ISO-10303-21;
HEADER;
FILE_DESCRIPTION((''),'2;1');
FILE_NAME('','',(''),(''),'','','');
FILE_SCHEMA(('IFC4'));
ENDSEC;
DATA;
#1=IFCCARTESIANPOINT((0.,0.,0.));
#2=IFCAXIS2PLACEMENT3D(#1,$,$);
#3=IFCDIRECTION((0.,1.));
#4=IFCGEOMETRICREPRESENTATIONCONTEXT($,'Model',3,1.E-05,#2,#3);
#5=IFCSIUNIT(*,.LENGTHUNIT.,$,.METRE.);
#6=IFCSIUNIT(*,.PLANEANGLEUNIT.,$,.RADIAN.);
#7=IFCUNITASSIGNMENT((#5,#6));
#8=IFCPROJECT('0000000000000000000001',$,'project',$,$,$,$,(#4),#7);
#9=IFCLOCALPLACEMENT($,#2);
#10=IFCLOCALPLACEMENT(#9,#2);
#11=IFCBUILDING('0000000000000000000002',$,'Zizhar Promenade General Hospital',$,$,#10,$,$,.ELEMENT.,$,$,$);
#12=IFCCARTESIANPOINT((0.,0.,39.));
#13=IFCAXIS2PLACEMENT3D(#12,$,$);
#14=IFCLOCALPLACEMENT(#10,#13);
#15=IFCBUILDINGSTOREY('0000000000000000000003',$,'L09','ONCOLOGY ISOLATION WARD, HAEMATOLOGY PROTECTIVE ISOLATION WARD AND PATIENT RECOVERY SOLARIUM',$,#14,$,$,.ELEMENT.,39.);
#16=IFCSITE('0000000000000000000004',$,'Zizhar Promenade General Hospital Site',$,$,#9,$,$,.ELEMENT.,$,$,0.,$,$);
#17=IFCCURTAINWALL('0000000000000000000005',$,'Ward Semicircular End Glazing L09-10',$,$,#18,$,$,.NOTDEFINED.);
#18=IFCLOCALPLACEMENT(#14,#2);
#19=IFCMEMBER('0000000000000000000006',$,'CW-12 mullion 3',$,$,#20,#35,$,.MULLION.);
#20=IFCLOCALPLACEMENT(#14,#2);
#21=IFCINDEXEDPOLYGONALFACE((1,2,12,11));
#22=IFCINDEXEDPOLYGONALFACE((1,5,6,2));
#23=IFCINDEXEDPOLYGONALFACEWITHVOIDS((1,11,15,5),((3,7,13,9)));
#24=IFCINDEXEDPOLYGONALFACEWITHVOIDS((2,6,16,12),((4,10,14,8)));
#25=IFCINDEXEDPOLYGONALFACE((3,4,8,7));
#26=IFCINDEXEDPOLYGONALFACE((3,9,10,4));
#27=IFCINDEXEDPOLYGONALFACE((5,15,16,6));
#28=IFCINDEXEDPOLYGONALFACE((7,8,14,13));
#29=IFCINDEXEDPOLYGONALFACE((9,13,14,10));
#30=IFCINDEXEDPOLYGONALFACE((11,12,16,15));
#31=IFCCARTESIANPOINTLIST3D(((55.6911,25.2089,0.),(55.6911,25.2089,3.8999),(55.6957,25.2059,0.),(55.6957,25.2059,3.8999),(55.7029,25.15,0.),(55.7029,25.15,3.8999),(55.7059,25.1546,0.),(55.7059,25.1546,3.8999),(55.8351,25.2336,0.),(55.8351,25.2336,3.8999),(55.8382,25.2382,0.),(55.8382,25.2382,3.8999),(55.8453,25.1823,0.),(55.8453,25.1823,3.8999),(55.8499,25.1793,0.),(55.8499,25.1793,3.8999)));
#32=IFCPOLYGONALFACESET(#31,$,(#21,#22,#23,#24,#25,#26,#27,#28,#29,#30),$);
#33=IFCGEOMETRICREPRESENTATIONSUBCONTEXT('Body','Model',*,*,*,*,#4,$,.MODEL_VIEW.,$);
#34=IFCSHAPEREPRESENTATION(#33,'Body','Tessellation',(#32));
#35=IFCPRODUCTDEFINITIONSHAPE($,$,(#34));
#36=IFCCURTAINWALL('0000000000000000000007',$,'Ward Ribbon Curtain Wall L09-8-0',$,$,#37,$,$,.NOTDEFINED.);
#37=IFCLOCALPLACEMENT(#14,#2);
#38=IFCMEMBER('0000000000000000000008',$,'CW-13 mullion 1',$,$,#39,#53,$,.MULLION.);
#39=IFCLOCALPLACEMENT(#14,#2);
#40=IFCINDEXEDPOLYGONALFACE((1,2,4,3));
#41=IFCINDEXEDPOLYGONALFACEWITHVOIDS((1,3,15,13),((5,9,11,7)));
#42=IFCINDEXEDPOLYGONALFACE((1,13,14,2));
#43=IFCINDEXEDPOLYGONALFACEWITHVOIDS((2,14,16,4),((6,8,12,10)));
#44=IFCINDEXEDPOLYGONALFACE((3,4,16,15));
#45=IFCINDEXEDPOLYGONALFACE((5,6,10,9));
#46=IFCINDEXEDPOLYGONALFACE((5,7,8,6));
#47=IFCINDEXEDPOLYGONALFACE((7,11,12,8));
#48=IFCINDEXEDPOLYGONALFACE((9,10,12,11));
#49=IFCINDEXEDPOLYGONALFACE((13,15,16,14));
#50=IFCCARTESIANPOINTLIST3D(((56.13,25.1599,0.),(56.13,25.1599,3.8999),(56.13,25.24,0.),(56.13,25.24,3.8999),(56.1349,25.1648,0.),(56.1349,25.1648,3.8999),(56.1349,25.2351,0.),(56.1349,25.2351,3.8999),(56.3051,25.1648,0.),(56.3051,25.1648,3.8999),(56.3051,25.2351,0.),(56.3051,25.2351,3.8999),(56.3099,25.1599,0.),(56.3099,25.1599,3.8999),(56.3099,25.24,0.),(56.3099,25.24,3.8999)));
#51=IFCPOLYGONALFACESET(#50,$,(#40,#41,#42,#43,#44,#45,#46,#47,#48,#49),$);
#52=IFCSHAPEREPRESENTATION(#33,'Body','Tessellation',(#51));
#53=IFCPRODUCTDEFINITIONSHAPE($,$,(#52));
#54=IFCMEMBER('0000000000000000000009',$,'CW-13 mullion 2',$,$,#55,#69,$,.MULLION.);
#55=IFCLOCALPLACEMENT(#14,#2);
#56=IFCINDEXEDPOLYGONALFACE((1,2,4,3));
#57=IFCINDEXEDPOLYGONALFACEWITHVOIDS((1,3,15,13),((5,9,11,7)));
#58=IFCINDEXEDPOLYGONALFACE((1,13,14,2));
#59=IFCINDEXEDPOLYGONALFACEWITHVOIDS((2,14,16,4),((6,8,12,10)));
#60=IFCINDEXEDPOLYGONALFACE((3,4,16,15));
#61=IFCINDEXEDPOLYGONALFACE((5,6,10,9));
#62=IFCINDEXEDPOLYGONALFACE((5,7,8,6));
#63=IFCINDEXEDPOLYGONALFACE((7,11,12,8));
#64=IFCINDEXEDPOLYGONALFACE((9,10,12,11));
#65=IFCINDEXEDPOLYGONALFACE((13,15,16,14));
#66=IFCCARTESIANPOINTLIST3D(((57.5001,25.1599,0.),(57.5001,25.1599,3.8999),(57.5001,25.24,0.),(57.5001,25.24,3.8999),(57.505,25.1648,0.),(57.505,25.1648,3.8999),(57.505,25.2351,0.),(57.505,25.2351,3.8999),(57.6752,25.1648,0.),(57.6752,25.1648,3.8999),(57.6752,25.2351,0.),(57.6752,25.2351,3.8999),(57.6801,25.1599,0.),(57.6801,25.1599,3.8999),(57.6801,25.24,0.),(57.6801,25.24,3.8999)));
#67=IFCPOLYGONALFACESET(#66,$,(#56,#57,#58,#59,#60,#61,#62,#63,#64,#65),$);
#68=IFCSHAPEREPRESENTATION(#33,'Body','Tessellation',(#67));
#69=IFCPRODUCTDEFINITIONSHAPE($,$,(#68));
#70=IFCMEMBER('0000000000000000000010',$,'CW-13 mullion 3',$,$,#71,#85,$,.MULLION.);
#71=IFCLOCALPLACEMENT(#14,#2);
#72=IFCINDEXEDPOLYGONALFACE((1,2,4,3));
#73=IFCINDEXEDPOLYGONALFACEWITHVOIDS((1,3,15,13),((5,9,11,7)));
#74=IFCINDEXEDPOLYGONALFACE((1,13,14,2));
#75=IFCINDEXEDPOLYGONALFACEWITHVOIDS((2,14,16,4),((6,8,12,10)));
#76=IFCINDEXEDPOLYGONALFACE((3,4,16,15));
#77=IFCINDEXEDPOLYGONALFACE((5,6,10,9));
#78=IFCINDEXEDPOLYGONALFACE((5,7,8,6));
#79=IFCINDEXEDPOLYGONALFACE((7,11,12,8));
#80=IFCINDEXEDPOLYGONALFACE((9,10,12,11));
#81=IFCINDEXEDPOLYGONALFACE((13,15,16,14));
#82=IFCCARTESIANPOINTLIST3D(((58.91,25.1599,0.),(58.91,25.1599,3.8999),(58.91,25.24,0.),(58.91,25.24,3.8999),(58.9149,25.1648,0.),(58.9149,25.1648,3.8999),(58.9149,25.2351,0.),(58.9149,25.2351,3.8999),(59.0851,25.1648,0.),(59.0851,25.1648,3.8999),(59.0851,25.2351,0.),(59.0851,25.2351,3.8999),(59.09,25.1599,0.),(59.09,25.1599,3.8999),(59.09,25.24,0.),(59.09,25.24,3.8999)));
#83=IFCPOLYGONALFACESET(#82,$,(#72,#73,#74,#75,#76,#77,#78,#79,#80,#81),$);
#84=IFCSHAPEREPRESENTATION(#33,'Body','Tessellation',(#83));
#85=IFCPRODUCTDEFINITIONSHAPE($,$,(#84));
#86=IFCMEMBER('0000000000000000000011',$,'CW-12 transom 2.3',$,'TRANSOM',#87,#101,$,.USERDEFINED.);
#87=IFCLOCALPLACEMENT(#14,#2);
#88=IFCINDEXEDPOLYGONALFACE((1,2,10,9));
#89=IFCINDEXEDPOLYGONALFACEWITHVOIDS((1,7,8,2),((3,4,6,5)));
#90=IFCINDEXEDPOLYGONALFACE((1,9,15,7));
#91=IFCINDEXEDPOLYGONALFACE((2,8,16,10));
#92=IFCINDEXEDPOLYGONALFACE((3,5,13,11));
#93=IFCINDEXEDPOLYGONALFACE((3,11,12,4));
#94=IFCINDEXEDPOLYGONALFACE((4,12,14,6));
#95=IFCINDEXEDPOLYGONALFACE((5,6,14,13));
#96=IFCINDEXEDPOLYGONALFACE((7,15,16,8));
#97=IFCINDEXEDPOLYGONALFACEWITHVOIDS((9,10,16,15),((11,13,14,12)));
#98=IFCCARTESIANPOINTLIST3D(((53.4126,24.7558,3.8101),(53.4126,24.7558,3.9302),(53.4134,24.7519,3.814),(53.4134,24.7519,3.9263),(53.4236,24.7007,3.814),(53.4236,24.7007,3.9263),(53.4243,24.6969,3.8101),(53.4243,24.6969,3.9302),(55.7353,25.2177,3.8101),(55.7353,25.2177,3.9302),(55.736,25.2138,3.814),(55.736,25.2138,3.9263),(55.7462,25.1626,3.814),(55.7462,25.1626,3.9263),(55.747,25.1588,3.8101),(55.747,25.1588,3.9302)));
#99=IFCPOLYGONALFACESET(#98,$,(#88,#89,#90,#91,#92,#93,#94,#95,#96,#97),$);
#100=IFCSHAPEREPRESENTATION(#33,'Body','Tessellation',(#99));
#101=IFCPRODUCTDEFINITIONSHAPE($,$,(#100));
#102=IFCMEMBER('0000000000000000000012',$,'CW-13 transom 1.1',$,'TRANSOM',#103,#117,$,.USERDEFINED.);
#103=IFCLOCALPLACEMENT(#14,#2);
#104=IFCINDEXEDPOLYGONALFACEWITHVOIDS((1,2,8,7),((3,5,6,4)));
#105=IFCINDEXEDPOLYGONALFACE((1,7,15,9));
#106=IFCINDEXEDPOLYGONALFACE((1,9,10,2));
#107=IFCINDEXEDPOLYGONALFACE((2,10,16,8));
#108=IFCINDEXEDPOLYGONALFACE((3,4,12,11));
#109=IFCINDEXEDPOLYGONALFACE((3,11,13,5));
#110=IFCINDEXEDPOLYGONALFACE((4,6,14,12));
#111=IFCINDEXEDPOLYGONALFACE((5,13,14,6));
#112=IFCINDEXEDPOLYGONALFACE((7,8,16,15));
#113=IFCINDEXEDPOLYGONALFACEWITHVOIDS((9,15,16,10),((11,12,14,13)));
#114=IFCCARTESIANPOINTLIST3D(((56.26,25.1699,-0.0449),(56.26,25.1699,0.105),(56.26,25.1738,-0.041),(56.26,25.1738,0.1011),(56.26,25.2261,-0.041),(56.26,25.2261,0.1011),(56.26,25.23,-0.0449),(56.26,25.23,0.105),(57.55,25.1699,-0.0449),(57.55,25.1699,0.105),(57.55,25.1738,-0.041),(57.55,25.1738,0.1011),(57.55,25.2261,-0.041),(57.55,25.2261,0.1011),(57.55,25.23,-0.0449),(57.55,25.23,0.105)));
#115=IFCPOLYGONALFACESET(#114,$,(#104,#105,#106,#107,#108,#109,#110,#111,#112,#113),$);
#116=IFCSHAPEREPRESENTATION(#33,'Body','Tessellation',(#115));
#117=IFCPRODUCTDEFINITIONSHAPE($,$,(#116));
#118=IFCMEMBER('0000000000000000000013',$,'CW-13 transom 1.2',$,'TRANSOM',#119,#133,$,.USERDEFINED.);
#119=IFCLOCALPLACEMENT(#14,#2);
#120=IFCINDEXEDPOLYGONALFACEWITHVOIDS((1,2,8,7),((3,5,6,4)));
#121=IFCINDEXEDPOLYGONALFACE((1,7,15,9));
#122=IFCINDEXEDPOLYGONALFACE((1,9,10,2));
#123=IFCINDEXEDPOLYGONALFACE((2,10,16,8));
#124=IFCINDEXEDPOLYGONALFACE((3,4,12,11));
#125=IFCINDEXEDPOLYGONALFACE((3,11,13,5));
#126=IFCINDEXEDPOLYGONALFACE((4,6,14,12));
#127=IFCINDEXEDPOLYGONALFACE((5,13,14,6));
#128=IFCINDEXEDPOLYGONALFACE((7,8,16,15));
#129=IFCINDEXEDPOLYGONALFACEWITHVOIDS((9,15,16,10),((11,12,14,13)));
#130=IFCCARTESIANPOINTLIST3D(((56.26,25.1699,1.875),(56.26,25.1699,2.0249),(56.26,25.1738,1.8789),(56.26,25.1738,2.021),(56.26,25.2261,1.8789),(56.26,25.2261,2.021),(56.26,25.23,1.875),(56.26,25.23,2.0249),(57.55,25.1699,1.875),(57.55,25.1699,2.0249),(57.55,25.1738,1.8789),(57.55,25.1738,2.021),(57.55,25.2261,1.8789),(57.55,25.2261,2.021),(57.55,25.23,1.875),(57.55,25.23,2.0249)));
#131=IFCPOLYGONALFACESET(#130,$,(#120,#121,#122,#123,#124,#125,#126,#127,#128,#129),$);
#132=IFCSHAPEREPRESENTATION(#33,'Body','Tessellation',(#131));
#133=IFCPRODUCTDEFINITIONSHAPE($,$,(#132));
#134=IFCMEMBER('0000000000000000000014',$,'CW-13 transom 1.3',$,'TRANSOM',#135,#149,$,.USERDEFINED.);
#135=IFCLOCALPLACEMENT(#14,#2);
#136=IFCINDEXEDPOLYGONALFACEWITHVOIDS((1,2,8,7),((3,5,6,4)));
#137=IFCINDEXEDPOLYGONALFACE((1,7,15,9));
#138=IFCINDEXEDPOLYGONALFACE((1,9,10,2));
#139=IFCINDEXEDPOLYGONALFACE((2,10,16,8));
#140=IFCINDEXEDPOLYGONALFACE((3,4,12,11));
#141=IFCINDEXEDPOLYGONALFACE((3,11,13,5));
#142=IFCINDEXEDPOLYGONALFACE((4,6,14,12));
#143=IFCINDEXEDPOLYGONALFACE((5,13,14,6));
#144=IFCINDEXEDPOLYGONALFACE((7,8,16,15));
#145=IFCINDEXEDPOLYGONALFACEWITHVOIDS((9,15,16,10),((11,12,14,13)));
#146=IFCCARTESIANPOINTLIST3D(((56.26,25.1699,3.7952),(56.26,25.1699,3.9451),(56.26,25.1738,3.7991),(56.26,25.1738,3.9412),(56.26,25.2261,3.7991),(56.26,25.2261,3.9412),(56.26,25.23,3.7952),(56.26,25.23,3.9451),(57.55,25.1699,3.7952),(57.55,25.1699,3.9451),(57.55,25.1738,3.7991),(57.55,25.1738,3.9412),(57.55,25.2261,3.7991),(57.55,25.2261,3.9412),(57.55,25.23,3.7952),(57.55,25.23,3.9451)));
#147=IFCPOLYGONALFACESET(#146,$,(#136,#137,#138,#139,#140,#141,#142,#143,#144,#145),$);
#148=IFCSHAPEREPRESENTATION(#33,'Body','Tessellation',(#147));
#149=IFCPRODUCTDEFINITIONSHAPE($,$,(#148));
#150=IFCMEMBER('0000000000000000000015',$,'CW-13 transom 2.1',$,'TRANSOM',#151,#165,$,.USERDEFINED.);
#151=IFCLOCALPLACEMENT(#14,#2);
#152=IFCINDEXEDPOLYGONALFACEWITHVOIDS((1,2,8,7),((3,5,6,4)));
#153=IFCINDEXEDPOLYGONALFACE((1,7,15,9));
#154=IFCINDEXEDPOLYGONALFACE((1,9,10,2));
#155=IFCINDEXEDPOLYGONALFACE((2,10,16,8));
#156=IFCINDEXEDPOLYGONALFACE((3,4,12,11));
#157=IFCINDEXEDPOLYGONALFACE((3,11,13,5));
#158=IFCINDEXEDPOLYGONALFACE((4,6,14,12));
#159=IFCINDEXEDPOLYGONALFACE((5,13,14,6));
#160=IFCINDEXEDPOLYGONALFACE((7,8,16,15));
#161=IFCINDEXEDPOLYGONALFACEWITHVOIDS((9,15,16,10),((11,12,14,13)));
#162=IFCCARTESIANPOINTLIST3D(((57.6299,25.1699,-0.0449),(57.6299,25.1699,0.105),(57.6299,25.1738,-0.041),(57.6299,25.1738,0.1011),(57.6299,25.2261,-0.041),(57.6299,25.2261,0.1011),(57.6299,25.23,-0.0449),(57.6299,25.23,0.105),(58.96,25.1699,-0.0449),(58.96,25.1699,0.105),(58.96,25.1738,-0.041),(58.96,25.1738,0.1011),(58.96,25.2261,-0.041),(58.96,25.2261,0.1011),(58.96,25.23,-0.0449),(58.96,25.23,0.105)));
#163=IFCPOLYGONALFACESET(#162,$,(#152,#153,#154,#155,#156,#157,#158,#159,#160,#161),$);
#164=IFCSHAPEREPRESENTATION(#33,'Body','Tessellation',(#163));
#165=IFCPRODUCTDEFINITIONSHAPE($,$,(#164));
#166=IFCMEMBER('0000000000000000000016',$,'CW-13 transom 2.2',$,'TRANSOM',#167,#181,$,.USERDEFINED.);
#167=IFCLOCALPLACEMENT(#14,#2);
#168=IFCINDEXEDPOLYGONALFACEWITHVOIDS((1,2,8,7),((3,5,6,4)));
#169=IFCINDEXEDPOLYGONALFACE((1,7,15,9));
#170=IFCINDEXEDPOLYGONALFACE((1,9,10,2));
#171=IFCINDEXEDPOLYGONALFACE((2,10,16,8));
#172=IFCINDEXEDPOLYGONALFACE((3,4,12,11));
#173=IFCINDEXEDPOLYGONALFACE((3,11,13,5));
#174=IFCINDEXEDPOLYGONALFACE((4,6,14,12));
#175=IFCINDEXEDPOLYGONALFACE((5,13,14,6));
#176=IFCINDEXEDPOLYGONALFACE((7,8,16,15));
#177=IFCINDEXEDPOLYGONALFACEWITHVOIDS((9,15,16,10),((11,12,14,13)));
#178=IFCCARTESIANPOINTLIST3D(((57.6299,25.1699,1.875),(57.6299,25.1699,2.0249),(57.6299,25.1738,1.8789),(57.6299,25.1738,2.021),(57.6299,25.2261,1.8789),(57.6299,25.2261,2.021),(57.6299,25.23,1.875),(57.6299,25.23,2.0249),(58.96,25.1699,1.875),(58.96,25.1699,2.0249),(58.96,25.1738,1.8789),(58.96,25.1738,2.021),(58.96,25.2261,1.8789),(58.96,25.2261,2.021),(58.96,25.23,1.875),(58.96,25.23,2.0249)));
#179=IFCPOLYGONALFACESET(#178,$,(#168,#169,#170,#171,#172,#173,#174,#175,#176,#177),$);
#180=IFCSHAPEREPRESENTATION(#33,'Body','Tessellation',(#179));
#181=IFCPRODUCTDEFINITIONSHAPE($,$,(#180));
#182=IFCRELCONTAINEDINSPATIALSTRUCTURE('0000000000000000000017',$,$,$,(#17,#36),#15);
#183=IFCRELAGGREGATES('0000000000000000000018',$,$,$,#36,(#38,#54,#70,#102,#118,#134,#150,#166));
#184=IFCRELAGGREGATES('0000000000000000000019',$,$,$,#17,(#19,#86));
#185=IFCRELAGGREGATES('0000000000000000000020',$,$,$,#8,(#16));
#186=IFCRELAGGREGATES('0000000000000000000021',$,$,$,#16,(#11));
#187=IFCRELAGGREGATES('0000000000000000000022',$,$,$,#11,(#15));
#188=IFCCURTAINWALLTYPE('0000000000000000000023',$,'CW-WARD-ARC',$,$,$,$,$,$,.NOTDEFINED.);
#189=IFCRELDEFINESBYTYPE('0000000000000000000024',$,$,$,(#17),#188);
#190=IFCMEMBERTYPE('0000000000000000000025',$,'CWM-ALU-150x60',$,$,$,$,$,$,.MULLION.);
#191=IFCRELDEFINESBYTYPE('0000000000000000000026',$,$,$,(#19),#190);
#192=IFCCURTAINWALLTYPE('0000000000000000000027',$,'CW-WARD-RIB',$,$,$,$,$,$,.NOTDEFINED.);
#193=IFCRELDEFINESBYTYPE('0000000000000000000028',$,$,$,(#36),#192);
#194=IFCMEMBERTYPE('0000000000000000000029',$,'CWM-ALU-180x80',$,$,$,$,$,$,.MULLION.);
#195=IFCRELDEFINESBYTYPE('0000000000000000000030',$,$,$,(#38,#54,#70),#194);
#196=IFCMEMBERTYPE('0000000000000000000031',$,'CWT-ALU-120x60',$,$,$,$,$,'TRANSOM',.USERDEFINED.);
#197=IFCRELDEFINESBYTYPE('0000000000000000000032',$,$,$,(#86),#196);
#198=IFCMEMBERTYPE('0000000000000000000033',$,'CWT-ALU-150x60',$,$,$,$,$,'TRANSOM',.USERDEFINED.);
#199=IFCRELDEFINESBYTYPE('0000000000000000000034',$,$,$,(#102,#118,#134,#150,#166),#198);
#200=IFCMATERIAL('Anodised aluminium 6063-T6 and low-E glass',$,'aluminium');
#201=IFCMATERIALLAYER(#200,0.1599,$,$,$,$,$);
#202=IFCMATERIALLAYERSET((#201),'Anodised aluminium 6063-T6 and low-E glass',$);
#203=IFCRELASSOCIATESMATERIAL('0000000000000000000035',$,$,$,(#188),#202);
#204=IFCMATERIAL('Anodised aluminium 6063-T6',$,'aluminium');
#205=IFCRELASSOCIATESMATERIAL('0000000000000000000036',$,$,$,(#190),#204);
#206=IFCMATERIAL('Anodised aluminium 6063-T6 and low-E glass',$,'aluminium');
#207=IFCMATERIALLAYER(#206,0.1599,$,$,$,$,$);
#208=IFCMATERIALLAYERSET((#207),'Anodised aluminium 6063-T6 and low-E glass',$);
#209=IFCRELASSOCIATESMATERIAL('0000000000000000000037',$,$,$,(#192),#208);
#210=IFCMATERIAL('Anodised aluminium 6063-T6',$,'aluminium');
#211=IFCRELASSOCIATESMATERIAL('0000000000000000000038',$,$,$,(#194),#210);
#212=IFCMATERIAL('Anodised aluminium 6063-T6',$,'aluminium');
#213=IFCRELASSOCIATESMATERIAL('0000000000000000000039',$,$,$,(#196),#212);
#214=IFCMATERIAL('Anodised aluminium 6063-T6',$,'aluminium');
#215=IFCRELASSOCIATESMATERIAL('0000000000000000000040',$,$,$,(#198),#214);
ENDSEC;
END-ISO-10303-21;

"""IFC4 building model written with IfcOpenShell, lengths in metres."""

from ifc_helpers import new_model, si_unit, direction, frame, origin, origin_2d, place, context, subcontext, project, spatial, hollow_rectangle, extrude, material, layer, layer_set, material_profile, profile_set, type_object, element, aggregate, save


model = new_model("IFC4")

# Units and contexts
model_context = context("Model", 3, precision=1e-05, world=origin(), true_north=direction((0.0, 1.0)))
body_context = subcontext(model_context, "Body", "Model", "MODEL_VIEW")
ifc_project = project(units=[si_unit("LENGTHUNIT", "METRE"), si_unit("PLANEANGLEUNIT", "RADIAN")], contexts=[model_context])

# Site, building, storey
site_placement = place(None, origin())
site = spatial("IfcSite", under=ifc_project, at=site_placement, Name="Zizhar Promenade General Hospital Site", CompositionType="ELEMENT", RefElevation=0.0)
building_placement = place(site_placement, origin())
building = spatial("IfcBuilding", under=site, at=building_placement, Name="Zizhar Promenade General Hospital", CompositionType="ELEMENT")
storey_placement = place(building_placement, frame((0.0, 0.0, 39.0)))
storey = spatial("IfcBuildingStorey", under=building, at=storey_placement, Name="L09", Description="ONCOLOGY ISOLATION WARD, HAEMATOLOGY PROTECTIVE ISOLATION WARD AND PATIENT RECOVERY SOLARIUM", CompositionType="ELEMENT", Elevation=39.0)

# Curtain wall, member
ifc_material_1 = material(Name="Anodised aluminium 6063-T6 and low-E glass", Category="aluminium")
ifc_layer_1 = layer(ifc_material_1, 0.1599)
ifc_layer_set_1 = layer_set([ifc_layer_1], Name="Anodised aluminium 6063-T6 and low-E glass")
curtain_wall_type_1 = type_object("IfcCurtainWallType", Name="CW-WARD-ARC", PredefinedType="NOTDEFINED", material=ifc_layer_set_1)
curtain_wall_1_placement = place(storey_placement, origin())
curtain_wall_1 = element("IfcCurtainWall", 1, at=curtain_wall_1_placement, inside=storey, type_object=curtain_wall_type_1, Name="Ward Semicircular End Glazing L09-10", PredefinedType="NOTDEFINED")
ifc_material_2 = material(Name="Anodised aluminium 6063-T6", Category="aluminium")
ifc_material_profile_1 = material_profile(ifc_material_2, hollow_rectangle(XDim=0.0601, YDim=0.1499, WallThickness=0.0039, at=origin_2d()))
ifc_profile_set_1 = profile_set([ifc_material_profile_1], Name="Anodised aluminium 6063-T6")
member_type_1 = type_object("IfcMemberType", Name="CWM-ALU-150x60", PredefinedType="MULLION", material=ifc_profile_set_1)
member_1_placement = place(storey_placement, frame((55.7705, 25.1941, 0.0), z_axis=(0.0, 0.0, 1.0), x_axis=(-0.195087, 0.980786, 0.0)))
member_1 = element("IfcMember", 2, at=member_1_placement, type_object=member_type_1, Name="CW-12 mullion 3", PredefinedType="MULLION", context=body_context, shape_type="SweptSolid", body=[
    extrude(hollow_rectangle(XDim=0.0601, YDim=0.1499, WallThickness=0.0039, at=origin_2d()), origin(), (0.0, 0.0, 1.0), 3.8999),
])

# Curtain wall, members
ifc_material_3 = material(Name="Anodised aluminium 6063-T6 and low-E glass", Category="aluminium")
ifc_layer_2 = layer(ifc_material_3, 0.1599)
ifc_layer_set_2 = layer_set([ifc_layer_2], Name="Anodised aluminium 6063-T6 and low-E glass")
curtain_wall_type_2 = type_object("IfcCurtainWallType", Name="CW-WARD-RIB", PredefinedType="NOTDEFINED", material=ifc_layer_set_2)
curtain_wall_2_placement = place(storey_placement, origin())
curtain_wall_2 = element("IfcCurtainWall", 3, at=curtain_wall_2_placement, inside=storey, type_object=curtain_wall_type_2, Name="Ward Ribbon Curtain Wall L09-8-0", PredefinedType="NOTDEFINED")
ifc_material_4 = material(Name="Anodised aluminium 6063-T6", Category="aluminium")
ifc_material_profile_2 = material_profile(ifc_material_4, hollow_rectangle(XDim=0.0801, YDim=0.1799, WallThickness=0.0049, at=origin_2d()))
ifc_profile_set_2 = profile_set([ifc_material_profile_2], Name="Anodised aluminium 6063-T6")
member_type_2 = type_object("IfcMemberType", Name="CWM-ALU-180x80", PredefinedType="MULLION", material=ifc_profile_set_2)
member_2_placement = place(storey_placement, frame((56.22, 25.2, 0.0), z_axis=(0.0, 0.0, 1.0), x_axis=(0.0, 1.0, 0.0)))
member_2 = element("IfcMember", 4, at=member_2_placement, type_object=member_type_2, Name="CW-13 mullion 1", PredefinedType="MULLION", context=body_context, shape_type="SweptSolid", body=[
    extrude(hollow_rectangle(XDim=0.0801, YDim=0.1799, WallThickness=0.0049, at=origin_2d()), origin(), (0.0, 0.0, 1.0), 3.8999),
])
member_3_placement = place(storey_placement, frame((57.5901, 25.2, 0.0), z_axis=(0.0, 0.0, 1.0), x_axis=(0.0, 1.0, 0.0)))
member_3 = element("IfcMember", 5, at=member_3_placement, type_object=member_type_2, Name="CW-13 mullion 2", PredefinedType="MULLION", context=body_context, shape_type="SweptSolid", body=[
    extrude(hollow_rectangle(XDim=0.0801, YDim=0.1799, WallThickness=0.0049, at=origin_2d()), origin(), (0.0, 0.0, 1.0), 3.8999),
])
member_4_placement = place(storey_placement, frame((59.0, 25.2, 0.0), z_axis=(0.0, 0.0, 1.0), x_axis=(0.0, 1.0, 0.0)))
member_4 = element("IfcMember", 6, at=member_4_placement, type_object=member_type_2, Name="CW-13 mullion 3", PredefinedType="MULLION", context=body_context, shape_type="SweptSolid", body=[
    extrude(hollow_rectangle(XDim=0.0801, YDim=0.1799, WallThickness=0.0049, at=origin_2d()), origin(), (0.0, 0.0, 1.0), 3.8999),
])

# Members
ifc_material_5 = material(Name="Anodised aluminium 6063-T6", Category="aluminium")
ifc_material_profile_3 = material_profile(ifc_material_5, hollow_rectangle(XDim=0.0601, YDim=0.1201, WallThickness=0.0039, at=origin_2d()))
ifc_profile_set_3 = profile_set([ifc_material_profile_3], Name="Anodised aluminium 6063-T6")
member_type_3 = type_object("IfcMemberType", Name="CWT-ALU-120x60", ElementType="TRANSOM", PredefinedType="USERDEFINED", material=ifc_profile_set_3)
member_5_placement = place(storey_placement, frame((53.4185, 24.7263, 3.8701), z_axis=(0.980794, 0.195045, 0.0), x_axis=(-0.195045, 0.980794, 0.0)))
member_5 = element("IfcMember", 7, at=member_5_placement, type_object=member_type_3, Name="CW-12 transom 2.3", ObjectType="TRANSOM", PredefinedType="USERDEFINED", context=body_context, shape_type="SweptSolid", body=[
    extrude(hollow_rectangle(XDim=0.0601, YDim=0.1201, WallThickness=0.0039, at=origin_2d()), origin(), (0.0, 0.0, 1.0), 2.3682),
])
ifc_material_6 = material(Name="Anodised aluminium 6063-T6", Category="aluminium")
ifc_material_profile_4 = material_profile(ifc_material_6, hollow_rectangle(XDim=0.0601, YDim=0.1499, WallThickness=0.0039, at=origin_2d()))
ifc_profile_set_4 = profile_set([ifc_material_profile_4], Name="Anodised aluminium 6063-T6")
member_type_4 = type_object("IfcMemberType", Name="CWT-ALU-150x60", ElementType="TRANSOM", PredefinedType="USERDEFINED", material=ifc_profile_set_4)
member_6_placement = place(storey_placement, frame((56.26, 25.2, 0.03), z_axis=(1.0, 0.0, 0.0), x_axis=(0.0, 1.0, 0.0)))
member_6 = element("IfcMember", 8, at=member_6_placement, type_object=member_type_4, Name="CW-13 transom 1.1", ObjectType="TRANSOM", PredefinedType="USERDEFINED", context=body_context, shape_type="SweptSolid", body=[
    extrude(hollow_rectangle(XDim=0.0601, YDim=0.1499, WallThickness=0.0039, at=origin_2d()), origin(), (0.0, 0.0, 1.0), 1.29),
])
member_7_placement = place(storey_placement, frame((56.26, 25.2, 1.95), z_axis=(1.0, 0.0, 0.0), x_axis=(0.0, 1.0, 0.0)))
member_7 = element("IfcMember", 9, at=member_7_placement, type_object=member_type_4, Name="CW-13 transom 1.2", ObjectType="TRANSOM", PredefinedType="USERDEFINED", context=body_context, shape_type="SweptSolid", body=[
    extrude(hollow_rectangle(XDim=0.0601, YDim=0.1499, WallThickness=0.0039, at=origin_2d()), origin(), (0.0, 0.0, 1.0), 1.29),
])
member_8_placement = place(storey_placement, frame((56.26, 25.2, 3.8701), z_axis=(1.0, 0.0, 0.0), x_axis=(0.0, 1.0, 0.0)))
member_8 = element("IfcMember", 10, at=member_8_placement, type_object=member_type_4, Name="CW-13 transom 1.3", ObjectType="TRANSOM", PredefinedType="USERDEFINED", context=body_context, shape_type="SweptSolid", body=[
    extrude(hollow_rectangle(XDim=0.0601, YDim=0.1499, WallThickness=0.0039, at=origin_2d()), origin(), (0.0, 0.0, 1.0), 1.29),
])
member_9_placement = place(storey_placement, frame((57.6299, 25.2, 0.03), z_axis=(1.0, 0.0, 0.0), x_axis=(0.0, 1.0, 0.0)))
member_9 = element("IfcMember", 11, at=member_9_placement, type_object=member_type_4, Name="CW-13 transom 2.1", ObjectType="TRANSOM", PredefinedType="USERDEFINED", context=body_context, shape_type="SweptSolid", body=[
    extrude(hollow_rectangle(XDim=0.0601, YDim=0.1499, WallThickness=0.0039, at=origin_2d()), origin(), (0.0, 0.0, 1.0), 1.3301),
])
member_10_placement = place(storey_placement, frame((57.6299, 25.2, 1.95), z_axis=(1.0, 0.0, 0.0), x_axis=(0.0, 1.0, 0.0)))
member_10 = element("IfcMember", 12, at=member_10_placement, type_object=member_type_4, Name="CW-13 transom 2.2", ObjectType="TRANSOM", PredefinedType="USERDEFINED", context=body_context, shape_type="SweptSolid", body=[
    extrude(hollow_rectangle(XDim=0.0601, YDim=0.1499, WallThickness=0.0039, at=origin_2d()), origin(), (0.0, 0.0, 1.0), 1.3301),
])

aggregate(curtain_wall_2, [member_2, member_3, member_4, member_6, member_7, member_8, member_9, member_10])
aggregate(curtain_wall_1, [member_1, member_5])

save(model, "model.ifc")
